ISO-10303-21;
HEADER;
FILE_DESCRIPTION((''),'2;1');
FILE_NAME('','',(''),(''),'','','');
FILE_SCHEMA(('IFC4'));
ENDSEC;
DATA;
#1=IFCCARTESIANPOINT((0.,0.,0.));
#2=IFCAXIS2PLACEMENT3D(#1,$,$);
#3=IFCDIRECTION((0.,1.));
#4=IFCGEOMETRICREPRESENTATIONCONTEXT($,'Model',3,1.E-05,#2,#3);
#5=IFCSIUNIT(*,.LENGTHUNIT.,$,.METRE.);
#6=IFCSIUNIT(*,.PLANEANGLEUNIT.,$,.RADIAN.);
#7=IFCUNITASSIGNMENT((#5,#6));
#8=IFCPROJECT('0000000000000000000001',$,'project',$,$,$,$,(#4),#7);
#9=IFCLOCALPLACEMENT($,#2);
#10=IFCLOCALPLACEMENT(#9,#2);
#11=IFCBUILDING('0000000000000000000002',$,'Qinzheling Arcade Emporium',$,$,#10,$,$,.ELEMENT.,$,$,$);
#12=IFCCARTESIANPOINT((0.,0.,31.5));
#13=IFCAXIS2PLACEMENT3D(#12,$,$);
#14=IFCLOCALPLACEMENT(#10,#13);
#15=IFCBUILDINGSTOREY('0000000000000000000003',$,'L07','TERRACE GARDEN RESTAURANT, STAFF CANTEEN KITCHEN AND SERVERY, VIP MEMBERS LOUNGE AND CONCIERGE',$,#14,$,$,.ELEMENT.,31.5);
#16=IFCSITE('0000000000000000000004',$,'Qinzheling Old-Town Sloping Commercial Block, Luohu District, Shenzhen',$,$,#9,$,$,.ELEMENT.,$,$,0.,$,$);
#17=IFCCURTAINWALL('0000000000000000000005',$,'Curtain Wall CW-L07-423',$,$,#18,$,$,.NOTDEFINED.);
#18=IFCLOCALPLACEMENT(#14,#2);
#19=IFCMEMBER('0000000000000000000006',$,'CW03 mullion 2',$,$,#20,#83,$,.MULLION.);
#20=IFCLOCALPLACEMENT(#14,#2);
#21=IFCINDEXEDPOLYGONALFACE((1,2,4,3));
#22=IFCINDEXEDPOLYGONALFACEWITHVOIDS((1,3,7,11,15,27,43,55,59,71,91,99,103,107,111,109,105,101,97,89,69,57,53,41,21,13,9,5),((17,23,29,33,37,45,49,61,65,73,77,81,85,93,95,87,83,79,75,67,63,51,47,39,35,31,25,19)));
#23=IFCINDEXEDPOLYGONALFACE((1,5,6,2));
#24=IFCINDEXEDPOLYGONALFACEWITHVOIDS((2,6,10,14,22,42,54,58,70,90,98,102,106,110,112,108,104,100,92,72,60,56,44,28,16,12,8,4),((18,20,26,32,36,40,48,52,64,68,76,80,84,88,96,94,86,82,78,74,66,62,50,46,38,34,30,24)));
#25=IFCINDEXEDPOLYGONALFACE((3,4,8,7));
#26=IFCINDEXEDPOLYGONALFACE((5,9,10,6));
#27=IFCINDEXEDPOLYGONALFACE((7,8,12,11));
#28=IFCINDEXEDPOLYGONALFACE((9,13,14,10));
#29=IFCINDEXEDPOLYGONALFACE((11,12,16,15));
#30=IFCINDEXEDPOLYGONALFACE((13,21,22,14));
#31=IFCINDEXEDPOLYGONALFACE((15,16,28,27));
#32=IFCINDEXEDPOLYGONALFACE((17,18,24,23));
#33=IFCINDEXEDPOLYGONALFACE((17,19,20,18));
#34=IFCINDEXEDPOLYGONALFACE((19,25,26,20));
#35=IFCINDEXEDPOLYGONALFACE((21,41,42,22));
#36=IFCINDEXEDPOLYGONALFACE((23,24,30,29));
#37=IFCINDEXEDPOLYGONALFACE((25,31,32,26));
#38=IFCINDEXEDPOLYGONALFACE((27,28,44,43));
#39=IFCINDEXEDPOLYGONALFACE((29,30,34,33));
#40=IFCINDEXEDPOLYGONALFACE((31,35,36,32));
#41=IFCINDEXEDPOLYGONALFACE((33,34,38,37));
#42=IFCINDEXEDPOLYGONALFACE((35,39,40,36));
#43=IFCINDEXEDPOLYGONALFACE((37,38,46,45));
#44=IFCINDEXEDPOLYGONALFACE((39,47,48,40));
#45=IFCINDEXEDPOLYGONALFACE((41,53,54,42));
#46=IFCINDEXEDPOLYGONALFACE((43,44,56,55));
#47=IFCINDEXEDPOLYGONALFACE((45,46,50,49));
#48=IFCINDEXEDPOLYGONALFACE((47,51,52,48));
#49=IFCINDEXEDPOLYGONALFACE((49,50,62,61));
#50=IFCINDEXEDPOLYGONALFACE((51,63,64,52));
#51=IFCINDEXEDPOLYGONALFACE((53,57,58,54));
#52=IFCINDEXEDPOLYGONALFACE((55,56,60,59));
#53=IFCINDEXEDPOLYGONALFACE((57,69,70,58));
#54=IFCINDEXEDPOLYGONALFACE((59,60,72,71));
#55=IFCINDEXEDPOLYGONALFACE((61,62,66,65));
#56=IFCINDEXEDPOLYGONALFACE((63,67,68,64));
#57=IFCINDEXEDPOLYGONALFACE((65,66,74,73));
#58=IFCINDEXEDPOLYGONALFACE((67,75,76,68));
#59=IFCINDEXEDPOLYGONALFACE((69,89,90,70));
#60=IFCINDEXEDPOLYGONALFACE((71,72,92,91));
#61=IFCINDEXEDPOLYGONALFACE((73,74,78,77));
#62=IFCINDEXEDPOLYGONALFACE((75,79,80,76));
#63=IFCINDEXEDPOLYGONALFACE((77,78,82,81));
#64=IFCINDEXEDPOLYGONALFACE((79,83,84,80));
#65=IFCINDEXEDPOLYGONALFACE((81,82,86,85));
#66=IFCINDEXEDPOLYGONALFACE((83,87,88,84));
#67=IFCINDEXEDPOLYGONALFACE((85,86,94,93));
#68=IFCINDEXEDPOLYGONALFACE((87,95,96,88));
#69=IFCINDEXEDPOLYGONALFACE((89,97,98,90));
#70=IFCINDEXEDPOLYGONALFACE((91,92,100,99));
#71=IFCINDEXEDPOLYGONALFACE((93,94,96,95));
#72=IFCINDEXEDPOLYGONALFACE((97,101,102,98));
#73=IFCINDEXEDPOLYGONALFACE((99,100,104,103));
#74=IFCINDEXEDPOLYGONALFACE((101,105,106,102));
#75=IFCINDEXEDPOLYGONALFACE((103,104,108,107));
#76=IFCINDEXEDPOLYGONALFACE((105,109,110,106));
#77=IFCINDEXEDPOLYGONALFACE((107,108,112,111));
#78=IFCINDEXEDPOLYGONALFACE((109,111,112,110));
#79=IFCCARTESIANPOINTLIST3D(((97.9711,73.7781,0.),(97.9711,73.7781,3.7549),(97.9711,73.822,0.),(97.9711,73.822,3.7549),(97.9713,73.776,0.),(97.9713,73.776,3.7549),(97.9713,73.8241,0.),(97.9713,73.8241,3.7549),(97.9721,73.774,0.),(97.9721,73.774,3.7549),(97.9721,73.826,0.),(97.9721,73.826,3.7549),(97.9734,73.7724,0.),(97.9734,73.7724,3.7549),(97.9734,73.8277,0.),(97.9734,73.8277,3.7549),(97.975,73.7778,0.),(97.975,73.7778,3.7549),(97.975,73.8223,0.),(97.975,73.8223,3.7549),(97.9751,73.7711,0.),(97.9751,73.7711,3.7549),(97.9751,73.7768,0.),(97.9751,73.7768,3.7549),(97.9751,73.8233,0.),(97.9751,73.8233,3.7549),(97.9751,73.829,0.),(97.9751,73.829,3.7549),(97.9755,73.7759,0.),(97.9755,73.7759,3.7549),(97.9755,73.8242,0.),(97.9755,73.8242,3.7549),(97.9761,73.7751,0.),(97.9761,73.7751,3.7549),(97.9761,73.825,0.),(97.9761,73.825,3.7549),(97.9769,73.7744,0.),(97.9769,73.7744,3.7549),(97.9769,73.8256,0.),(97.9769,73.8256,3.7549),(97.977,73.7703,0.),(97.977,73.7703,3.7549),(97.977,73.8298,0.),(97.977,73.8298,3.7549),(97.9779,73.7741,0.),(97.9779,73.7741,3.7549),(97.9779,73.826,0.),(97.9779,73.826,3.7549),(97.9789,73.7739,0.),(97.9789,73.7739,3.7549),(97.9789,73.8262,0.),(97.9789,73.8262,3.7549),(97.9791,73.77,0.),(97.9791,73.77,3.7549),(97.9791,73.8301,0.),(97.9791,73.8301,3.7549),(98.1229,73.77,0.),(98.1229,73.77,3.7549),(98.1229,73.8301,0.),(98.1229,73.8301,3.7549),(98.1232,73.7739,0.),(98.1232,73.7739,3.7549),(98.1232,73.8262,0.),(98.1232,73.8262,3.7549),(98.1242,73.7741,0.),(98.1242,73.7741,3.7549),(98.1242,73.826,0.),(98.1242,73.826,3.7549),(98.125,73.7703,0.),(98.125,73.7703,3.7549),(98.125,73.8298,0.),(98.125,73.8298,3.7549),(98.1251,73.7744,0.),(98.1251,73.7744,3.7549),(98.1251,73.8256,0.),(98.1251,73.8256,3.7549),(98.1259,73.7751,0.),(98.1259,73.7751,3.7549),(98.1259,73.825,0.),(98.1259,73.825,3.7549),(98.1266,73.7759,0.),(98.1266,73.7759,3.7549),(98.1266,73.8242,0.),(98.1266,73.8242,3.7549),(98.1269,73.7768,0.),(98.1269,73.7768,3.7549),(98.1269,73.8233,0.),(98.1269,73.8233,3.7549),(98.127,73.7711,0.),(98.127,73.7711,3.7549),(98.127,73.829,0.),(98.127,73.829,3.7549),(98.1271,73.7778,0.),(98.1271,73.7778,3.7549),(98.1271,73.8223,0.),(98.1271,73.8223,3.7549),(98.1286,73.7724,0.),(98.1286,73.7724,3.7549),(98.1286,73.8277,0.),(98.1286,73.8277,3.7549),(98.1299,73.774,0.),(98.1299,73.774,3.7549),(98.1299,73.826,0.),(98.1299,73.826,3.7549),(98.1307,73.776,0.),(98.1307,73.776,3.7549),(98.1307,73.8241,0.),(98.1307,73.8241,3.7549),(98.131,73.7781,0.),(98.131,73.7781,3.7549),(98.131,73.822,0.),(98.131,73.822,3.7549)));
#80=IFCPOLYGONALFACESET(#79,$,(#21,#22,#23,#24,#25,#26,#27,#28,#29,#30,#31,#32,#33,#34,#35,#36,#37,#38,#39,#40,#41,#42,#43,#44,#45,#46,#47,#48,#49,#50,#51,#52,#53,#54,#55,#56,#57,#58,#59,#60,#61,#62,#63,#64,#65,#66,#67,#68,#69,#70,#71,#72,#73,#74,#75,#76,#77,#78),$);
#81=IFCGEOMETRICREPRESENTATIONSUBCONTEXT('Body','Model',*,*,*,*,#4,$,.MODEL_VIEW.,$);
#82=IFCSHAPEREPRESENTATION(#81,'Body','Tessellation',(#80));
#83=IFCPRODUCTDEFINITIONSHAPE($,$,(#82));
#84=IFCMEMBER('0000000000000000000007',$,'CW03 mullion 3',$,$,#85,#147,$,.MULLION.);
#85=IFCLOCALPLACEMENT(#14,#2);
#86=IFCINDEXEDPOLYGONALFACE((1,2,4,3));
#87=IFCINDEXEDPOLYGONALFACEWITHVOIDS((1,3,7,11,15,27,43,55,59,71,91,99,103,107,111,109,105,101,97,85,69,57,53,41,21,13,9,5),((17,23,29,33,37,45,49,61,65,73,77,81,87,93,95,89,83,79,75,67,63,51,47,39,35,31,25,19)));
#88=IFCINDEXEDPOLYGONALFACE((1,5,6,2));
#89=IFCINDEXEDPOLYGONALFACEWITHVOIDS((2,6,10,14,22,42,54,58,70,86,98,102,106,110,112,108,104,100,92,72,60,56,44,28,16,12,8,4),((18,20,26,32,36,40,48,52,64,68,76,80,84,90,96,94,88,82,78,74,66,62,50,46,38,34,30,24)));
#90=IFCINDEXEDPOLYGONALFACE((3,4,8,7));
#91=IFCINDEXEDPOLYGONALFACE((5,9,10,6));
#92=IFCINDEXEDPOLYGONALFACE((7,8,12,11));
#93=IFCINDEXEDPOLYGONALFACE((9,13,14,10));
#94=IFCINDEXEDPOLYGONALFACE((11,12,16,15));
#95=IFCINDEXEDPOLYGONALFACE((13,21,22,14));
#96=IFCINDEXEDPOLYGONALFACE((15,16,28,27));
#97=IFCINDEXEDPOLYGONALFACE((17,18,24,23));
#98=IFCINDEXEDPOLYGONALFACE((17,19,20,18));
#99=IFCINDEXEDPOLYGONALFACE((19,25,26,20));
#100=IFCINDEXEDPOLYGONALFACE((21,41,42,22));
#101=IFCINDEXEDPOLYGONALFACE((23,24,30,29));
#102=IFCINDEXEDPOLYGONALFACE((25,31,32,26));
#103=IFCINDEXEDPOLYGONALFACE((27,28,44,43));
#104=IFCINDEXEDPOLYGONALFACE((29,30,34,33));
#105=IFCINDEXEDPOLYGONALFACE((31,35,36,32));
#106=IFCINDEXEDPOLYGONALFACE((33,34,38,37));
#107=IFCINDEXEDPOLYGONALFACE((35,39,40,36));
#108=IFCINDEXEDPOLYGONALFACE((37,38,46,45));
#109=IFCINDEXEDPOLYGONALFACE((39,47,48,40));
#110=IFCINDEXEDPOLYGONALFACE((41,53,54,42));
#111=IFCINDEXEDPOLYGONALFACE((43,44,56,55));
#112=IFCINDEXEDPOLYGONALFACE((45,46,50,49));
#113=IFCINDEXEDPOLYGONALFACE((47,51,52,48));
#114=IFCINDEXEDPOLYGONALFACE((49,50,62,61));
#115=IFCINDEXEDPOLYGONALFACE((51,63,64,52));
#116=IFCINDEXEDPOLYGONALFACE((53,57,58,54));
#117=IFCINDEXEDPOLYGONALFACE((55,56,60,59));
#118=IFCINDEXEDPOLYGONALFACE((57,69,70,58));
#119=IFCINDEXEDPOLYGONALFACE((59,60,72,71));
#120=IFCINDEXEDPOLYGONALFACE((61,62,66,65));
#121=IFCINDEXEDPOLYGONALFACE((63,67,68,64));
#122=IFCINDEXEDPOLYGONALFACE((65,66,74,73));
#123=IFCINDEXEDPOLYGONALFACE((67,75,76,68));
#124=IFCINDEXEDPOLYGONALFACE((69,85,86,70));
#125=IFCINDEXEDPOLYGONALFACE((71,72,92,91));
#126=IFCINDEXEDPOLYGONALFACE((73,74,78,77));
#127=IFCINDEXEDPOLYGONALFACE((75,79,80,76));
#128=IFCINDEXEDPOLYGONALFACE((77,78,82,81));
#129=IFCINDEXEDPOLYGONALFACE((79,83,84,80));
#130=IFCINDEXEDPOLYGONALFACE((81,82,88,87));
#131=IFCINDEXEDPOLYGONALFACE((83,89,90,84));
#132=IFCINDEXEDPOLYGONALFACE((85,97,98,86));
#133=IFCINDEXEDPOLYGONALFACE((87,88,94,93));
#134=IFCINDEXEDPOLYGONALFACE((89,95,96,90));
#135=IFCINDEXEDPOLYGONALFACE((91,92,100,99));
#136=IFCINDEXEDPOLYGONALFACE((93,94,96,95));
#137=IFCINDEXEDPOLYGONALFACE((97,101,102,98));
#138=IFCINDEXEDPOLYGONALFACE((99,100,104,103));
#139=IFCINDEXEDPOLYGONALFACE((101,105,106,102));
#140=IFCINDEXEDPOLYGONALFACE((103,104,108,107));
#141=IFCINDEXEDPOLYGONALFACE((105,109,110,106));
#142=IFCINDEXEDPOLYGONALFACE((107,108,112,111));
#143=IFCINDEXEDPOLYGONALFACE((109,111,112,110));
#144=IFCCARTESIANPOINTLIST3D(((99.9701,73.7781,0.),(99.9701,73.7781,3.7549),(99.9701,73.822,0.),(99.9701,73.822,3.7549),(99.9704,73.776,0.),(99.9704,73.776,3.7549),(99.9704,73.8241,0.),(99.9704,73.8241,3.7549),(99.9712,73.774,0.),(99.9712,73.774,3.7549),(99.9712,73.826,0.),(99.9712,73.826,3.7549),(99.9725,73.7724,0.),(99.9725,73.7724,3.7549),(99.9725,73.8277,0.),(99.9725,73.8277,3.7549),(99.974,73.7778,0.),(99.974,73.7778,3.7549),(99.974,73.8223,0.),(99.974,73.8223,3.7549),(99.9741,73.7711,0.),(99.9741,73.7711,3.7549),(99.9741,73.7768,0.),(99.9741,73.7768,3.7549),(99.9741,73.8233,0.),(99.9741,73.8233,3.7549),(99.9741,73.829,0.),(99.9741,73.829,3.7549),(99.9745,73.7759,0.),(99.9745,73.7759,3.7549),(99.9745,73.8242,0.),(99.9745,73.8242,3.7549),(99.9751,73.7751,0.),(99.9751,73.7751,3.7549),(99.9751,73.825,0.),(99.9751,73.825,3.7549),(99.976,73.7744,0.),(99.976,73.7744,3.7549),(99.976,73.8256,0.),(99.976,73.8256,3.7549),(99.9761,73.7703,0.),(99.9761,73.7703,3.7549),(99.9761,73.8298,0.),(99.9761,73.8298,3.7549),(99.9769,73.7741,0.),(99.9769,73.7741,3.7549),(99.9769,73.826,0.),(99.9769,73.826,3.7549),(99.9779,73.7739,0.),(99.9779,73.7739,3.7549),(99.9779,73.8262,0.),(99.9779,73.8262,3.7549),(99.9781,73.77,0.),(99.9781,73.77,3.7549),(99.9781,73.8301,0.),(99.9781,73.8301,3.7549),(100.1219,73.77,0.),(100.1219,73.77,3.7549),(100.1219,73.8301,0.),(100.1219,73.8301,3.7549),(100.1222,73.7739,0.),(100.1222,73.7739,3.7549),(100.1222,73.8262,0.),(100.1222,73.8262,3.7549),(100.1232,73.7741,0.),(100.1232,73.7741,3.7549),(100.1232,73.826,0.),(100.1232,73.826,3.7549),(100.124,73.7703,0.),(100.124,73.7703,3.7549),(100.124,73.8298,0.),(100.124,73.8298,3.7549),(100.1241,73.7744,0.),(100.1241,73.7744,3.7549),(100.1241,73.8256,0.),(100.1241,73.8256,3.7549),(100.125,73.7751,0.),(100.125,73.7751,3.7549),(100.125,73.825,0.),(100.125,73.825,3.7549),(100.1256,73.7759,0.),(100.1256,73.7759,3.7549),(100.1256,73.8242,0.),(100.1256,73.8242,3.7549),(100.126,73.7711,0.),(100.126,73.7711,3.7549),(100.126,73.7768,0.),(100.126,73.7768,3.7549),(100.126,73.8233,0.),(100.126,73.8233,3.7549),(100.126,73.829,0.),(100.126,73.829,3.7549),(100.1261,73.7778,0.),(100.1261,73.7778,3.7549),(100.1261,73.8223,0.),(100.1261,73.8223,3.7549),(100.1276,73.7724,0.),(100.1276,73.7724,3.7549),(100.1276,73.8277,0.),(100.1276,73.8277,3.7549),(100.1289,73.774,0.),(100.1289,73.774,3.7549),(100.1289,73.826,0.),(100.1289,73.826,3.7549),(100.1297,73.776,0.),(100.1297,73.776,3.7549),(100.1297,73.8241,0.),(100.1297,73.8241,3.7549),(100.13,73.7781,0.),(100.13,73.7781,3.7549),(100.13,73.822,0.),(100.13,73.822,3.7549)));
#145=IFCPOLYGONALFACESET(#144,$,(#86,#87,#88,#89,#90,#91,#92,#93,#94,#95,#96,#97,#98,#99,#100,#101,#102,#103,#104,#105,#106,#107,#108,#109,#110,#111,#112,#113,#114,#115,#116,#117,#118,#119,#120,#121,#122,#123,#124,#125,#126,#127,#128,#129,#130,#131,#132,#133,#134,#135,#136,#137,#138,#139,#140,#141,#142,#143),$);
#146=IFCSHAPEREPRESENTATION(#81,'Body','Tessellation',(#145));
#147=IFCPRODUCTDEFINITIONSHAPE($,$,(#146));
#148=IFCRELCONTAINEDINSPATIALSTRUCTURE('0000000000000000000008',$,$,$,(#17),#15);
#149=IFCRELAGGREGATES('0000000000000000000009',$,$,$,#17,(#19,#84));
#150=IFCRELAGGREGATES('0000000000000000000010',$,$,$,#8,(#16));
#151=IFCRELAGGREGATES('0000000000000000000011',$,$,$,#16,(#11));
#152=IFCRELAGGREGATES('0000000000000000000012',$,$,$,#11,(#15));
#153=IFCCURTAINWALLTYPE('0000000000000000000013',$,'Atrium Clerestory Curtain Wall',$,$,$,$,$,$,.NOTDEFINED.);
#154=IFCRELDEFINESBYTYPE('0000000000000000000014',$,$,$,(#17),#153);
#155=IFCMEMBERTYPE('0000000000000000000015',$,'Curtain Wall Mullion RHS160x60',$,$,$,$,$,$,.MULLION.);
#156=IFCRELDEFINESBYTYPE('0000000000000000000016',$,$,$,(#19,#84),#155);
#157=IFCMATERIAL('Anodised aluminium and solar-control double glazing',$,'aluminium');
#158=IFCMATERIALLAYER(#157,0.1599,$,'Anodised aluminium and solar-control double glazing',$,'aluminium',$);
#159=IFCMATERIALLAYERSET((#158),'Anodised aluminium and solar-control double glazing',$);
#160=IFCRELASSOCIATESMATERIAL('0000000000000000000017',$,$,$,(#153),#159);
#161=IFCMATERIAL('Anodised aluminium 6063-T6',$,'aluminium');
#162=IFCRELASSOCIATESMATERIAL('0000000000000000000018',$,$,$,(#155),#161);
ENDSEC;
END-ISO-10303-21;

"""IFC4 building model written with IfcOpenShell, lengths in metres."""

from ifc_helpers import new_model, si_unit, direction, frame, origin, origin_2d, place, context, subcontext, project, spatial, hollow_rectangle, extrude, material, layer, layer_set, material_profile, profile_set, type_object, element, aggregate, save


model = new_model("IFC4")

# Units and contexts
model_context = context("Model", 3, precision=1e-05, world=origin(), true_north=direction((0.0, 1.0)))
body_context = subcontext(model_context, "Body", "Model", "MODEL_VIEW")
ifc_project = project(units=[si_unit("LENGTHUNIT", "METRE"), si_unit("PLANEANGLEUNIT", "RADIAN")], contexts=[model_context])

# Site, building, storey
site_placement = place(None, origin())
site = spatial("IfcSite", under=ifc_project, at=site_placement, Name="Qinzheling Old-Town Sloping Commercial Block, Luohu District, Shenzhen", CompositionType="ELEMENT", RefElevation=0.0)
building_placement = place(site_placement, origin())
building = spatial("IfcBuilding", under=site, at=building_placement, Name="Qinzheling Arcade Emporium", CompositionType="ELEMENT")
storey_placement = place(building_placement, frame((0.0, 0.0, 31.5)))
storey = spatial("IfcBuildingStorey", under=building, at=storey_placement, Name="L07", Description="TERRACE GARDEN RESTAURANT, STAFF CANTEEN KITCHEN AND SERVERY, VIP MEMBERS LOUNGE AND CONCIERGE", CompositionType="ELEMENT", Elevation=31.5)

# Curtain wall, members
ifc_material_1 = material(Name="Anodised aluminium and solar-control double glazing", Category="aluminium")
ifc_layer_1 = layer(ifc_material_1, 0.1599, Name="Anodised aluminium and solar-control double glazing", Category="aluminium")
ifc_layer_set_1 = layer_set([ifc_layer_1], Name="Anodised aluminium and solar-control double glazing")
curtain_wall_type = type_object("IfcCurtainWallType", Name="Atrium Clerestory Curtain Wall", PredefinedType="NOTDEFINED", material=ifc_layer_set_1)
curtain_wall_placement = place(storey_placement, origin())
curtain_wall = element("IfcCurtainWall", 1, at=curtain_wall_placement, inside=storey, type_object=curtain_wall_type, Name="Curtain Wall CW-L07-423", PredefinedType="NOTDEFINED")
ifc_material_2 = material(Name="Anodised aluminium 6063-T6", Category="aluminium")
ifc_material_profile_1 = material_profile(ifc_material_2, hollow_rectangle(XDim=0.0601, YDim=0.1599, WallThickness=0.0039, InnerFilletRadius=0.0039, OuterFilletRadius=0.0081, at=origin_2d()), Name="RHS 160x60x4", Category="aluminium")
ifc_profile_set_1 = profile_set([ifc_material_profile_1], Name="Anodised aluminium 6063-T6")
member_type_1 = type_object("IfcMemberType", Name="Curtain Wall Mullion RHS160x60", PredefinedType="MULLION", material=ifc_profile_set_1)
member_1_placement = place(storey_placement, frame((98.051, 73.8, 0.0), z_axis=(0.0, 0.0, 1.0), x_axis=(0.0, 1.0, 0.0)))
member_1 = element("IfcMember", 2, at=member_1_placement, type_object=member_type_1, Name="CW03 mullion 2", PredefinedType="MULLION", context=body_context, shape_type="SweptSolid", body=[
    extrude(hollow_rectangle(XDim=0.0601, YDim=0.1599, WallThickness=0.0039, InnerFilletRadius=0.0039, OuterFilletRadius=0.0081, at=origin_2d()), origin(), (0.0, 0.0, 1.0), 3.7549),
])
member_2_placement = place(storey_placement, frame((100.05, 73.8, 0.0), z_axis=(0.0, 0.0, 1.0), x_axis=(0.0, 1.0, 0.0)))
member_2 = element("IfcMember", 3, at=member_2_placement, type_object=member_type_1, Name="CW03 mullion 3", PredefinedType="MULLION", context=body_context, shape_type="SweptSolid", body=[
    extrude(hollow_rectangle(XDim=0.0601, YDim=0.1599, WallThickness=0.0039, InnerFilletRadius=0.0039, OuterFilletRadius=0.0081, at=origin_2d()), origin(), (0.0, 0.0, 1.0), 3.7549),
])
aggregate(curtain_wall, [member_1, member_2])

save(model, "model.ifc")
